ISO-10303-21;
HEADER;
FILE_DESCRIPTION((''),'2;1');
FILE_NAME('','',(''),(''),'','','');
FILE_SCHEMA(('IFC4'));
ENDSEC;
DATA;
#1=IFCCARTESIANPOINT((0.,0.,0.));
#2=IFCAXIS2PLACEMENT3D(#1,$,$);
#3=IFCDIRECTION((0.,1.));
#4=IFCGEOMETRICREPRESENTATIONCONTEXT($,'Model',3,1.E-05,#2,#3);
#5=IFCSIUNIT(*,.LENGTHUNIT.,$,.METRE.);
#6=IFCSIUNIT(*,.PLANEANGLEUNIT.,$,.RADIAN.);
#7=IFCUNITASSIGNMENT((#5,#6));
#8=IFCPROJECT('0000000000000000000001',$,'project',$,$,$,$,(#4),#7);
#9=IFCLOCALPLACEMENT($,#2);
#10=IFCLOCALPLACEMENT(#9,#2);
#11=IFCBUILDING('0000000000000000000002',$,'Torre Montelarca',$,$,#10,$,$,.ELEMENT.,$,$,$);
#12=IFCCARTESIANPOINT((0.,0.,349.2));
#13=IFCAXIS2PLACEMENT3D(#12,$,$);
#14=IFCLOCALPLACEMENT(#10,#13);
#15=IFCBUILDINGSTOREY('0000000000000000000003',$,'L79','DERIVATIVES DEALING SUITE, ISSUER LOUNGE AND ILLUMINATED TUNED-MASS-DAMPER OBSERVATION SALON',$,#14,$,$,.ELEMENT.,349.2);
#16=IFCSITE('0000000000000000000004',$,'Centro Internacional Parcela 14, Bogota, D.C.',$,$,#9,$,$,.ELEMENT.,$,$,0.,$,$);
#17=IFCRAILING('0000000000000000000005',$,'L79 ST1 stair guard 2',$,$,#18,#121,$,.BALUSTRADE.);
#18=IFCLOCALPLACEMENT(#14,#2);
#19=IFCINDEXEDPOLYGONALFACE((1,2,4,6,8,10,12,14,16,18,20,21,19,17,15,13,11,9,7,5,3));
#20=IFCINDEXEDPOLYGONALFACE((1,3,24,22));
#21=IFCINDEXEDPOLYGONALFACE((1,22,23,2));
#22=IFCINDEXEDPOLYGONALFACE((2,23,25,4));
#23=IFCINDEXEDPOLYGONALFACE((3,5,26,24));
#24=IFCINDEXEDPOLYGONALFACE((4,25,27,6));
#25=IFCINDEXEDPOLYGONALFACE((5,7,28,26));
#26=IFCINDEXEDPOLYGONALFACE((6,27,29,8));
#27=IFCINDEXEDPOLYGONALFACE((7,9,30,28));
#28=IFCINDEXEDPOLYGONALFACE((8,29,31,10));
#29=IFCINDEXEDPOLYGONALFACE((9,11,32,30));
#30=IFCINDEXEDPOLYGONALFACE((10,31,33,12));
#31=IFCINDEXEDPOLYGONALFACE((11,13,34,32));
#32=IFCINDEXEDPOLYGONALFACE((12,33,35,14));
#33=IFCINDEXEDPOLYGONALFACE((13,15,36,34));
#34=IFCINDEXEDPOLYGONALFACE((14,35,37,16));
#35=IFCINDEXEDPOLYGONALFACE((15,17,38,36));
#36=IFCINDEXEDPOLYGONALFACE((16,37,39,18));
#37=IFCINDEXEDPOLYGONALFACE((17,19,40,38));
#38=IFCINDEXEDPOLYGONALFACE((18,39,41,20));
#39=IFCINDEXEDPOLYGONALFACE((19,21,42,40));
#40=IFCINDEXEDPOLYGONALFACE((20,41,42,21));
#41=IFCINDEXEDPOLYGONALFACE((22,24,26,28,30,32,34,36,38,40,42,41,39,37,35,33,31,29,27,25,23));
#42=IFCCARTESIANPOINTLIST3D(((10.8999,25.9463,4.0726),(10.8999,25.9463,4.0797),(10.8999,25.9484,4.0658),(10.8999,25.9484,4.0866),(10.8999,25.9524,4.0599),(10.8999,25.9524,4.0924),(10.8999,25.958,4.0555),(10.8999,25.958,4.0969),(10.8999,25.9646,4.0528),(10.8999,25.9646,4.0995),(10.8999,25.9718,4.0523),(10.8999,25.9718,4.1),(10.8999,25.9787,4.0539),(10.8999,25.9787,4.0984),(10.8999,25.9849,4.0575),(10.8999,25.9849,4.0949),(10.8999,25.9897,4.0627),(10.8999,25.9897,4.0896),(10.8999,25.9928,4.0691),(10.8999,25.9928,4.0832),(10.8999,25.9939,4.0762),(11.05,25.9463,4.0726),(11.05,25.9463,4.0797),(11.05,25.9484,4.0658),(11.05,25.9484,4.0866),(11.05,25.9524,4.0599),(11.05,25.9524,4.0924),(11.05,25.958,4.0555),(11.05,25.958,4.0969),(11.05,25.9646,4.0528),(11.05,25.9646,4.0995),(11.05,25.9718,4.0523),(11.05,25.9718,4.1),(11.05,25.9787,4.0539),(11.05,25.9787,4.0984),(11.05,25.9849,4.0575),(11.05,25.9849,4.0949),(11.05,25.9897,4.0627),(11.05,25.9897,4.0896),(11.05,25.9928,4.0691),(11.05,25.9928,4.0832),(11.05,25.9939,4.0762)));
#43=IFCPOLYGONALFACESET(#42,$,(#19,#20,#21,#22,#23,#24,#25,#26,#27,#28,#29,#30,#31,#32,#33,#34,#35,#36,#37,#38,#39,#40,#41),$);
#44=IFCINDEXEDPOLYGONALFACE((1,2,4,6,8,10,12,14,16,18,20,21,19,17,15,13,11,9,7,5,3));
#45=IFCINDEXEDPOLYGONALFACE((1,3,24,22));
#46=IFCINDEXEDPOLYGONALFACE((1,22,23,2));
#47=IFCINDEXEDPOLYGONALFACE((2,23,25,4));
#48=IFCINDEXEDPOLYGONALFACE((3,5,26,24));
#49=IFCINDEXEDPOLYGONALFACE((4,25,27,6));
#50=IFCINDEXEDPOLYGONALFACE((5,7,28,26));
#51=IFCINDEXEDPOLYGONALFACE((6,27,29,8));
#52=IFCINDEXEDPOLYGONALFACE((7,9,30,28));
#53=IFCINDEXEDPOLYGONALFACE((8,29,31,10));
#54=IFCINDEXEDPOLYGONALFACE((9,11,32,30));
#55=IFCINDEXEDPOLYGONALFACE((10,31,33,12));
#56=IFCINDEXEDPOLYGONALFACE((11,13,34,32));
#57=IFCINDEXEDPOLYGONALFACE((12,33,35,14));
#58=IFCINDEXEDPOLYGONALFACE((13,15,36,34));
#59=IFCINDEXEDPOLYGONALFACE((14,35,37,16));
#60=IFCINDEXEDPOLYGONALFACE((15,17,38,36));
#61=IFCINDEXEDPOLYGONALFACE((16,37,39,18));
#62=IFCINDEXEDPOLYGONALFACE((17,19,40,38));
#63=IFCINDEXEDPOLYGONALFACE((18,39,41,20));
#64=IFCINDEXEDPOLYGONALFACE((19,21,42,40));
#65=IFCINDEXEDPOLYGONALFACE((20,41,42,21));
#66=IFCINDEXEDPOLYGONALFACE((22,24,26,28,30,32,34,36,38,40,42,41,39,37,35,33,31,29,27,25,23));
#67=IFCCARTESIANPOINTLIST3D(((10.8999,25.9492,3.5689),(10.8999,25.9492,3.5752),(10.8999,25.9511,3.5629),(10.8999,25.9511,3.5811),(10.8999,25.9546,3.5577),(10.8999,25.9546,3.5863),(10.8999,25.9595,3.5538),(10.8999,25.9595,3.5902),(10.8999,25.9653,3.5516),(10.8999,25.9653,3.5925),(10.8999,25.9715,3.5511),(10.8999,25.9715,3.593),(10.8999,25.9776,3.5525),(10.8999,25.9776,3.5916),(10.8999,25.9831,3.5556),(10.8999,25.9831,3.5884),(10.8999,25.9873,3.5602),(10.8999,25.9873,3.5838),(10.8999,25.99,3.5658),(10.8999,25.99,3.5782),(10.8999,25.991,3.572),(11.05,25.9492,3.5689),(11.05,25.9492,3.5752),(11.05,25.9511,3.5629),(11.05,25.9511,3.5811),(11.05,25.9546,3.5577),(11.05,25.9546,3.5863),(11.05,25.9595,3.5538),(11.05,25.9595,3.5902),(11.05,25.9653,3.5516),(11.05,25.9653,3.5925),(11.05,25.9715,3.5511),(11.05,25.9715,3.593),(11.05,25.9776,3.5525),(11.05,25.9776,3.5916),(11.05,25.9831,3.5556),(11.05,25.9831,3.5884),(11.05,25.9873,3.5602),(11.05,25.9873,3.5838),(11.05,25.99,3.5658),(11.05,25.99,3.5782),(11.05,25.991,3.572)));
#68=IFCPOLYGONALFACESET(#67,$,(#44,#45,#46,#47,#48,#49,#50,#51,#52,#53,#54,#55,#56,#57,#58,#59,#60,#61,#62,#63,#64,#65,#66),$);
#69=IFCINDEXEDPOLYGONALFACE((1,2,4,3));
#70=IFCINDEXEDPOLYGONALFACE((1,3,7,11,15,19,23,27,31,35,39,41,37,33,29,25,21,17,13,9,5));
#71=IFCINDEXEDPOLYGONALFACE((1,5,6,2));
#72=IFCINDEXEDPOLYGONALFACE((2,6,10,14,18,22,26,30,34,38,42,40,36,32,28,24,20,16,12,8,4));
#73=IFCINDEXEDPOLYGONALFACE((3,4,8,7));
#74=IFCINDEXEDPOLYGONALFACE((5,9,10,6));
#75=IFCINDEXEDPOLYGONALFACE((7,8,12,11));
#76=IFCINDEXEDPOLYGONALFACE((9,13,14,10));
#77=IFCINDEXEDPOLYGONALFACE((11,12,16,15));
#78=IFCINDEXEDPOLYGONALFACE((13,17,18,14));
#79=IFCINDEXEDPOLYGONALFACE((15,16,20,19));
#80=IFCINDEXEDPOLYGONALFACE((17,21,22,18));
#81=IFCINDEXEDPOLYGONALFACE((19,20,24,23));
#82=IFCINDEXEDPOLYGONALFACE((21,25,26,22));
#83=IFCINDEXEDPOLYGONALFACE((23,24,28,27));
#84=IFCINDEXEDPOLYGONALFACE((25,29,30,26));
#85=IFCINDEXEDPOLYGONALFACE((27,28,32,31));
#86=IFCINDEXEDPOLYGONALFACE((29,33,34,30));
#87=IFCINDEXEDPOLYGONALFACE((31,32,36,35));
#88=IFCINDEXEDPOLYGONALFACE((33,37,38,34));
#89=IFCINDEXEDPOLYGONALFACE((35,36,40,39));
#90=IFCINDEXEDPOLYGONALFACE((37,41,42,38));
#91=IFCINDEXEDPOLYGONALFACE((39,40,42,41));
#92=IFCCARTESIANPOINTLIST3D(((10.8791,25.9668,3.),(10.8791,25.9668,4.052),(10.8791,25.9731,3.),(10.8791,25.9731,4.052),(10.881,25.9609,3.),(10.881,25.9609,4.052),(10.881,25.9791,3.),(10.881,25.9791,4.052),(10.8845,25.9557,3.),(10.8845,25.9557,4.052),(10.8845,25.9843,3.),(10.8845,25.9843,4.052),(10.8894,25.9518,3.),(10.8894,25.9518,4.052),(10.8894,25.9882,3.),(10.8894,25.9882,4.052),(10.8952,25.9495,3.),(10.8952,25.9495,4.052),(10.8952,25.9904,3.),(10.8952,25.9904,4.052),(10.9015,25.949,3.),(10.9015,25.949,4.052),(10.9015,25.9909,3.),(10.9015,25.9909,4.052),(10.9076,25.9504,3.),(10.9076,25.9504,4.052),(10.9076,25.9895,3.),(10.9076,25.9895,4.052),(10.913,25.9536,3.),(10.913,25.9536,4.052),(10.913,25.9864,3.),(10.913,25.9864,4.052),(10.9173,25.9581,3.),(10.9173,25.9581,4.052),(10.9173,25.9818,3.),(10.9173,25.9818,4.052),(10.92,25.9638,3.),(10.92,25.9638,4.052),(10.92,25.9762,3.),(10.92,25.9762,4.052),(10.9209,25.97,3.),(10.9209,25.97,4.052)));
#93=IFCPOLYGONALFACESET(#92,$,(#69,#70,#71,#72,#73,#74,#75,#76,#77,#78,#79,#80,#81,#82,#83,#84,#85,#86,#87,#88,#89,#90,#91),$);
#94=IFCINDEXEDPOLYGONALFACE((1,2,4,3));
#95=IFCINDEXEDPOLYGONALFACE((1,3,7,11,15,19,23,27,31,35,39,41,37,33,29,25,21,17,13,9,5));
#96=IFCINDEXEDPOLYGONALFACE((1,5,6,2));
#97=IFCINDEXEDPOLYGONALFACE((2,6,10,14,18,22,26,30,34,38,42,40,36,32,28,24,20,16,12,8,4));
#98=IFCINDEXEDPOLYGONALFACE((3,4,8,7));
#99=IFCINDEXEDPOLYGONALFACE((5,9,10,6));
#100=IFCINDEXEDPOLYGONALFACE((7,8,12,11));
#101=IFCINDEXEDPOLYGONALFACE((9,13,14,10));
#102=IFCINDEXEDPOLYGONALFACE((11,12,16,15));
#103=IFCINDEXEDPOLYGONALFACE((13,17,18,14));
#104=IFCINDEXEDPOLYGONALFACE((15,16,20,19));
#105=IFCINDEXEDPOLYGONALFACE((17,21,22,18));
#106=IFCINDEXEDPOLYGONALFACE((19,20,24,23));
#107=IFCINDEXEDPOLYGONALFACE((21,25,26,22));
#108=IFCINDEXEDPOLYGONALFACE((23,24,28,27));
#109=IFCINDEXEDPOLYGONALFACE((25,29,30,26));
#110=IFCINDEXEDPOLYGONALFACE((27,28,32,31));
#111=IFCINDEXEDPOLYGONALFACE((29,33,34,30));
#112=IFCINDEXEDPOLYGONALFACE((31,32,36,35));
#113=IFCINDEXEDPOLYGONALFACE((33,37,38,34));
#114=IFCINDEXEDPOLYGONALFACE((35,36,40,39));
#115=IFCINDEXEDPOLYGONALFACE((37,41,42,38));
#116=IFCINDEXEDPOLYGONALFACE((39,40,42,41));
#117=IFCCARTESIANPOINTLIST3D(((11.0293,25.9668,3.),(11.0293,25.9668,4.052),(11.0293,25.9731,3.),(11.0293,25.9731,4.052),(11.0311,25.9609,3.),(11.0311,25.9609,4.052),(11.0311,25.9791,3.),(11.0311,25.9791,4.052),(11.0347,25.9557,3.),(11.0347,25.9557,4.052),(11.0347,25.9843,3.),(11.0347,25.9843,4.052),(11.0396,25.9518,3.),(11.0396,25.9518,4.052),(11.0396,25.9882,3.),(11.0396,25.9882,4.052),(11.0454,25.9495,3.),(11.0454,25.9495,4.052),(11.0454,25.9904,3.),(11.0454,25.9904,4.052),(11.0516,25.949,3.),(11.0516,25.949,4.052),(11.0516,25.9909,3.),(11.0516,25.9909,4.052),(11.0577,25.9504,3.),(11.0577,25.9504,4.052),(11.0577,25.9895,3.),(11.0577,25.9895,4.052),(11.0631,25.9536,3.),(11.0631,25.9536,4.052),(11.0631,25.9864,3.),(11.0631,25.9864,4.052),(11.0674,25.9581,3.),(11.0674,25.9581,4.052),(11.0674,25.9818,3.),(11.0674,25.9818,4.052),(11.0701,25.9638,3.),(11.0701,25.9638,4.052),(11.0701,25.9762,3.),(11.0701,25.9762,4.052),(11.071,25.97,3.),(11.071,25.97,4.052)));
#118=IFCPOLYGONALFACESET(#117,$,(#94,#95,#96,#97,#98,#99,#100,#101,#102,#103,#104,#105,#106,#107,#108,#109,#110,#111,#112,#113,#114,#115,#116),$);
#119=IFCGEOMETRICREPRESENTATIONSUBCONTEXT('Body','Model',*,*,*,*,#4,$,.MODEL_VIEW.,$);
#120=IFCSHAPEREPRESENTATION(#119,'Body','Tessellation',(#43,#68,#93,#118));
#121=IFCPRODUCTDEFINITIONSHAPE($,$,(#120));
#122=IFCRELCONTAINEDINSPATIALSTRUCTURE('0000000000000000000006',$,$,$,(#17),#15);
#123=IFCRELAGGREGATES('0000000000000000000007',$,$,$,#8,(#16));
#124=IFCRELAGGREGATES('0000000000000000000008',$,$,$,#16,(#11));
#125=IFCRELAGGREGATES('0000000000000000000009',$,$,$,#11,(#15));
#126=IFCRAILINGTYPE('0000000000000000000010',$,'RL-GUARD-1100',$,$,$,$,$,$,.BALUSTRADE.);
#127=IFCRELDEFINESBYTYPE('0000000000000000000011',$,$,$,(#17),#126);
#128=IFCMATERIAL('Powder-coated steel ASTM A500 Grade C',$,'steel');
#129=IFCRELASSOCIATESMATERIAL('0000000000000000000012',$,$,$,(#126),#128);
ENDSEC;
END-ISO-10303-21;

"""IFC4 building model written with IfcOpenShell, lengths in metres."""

from ifc_helpers import new_model, si_unit, direction, frame, origin, origin_2d, place, context, subcontext, project, spatial, circle, extrude, material, type_object, element, save


model = new_model("IFC4")

# Units and contexts
model_context = context("Model", 3, precision=1e-05, world=origin(), true_north=direction((0.0, 1.0)))
body_context = subcontext(model_context, "Body", "Model", "MODEL_VIEW")
ifc_project = project(units=[si_unit("LENGTHUNIT", "METRE"), si_unit("PLANEANGLEUNIT", "RADIAN")], contexts=[model_context])

# Site, building, storey
site_placement = place(None, origin())
site = spatial("IfcSite", under=ifc_project, at=site_placement, Name="Centro Internacional Parcela 14, Bogota, D.C.", CompositionType="ELEMENT", RefElevation=0.0)
building_placement = place(site_placement, origin())
building = spatial("IfcBuilding", under=site, at=building_placement, Name="Torre Montelarca", CompositionType="ELEMENT")
storey_placement = place(building_placement, frame((0.0, 0.0, 349.2)))
storey = spatial("IfcBuildingStorey", under=building, at=storey_placement, Name="L79", Description="DERIVATIVES DEALING SUITE, ISSUER LOUNGE AND ILLUMINATED TUNED-MASS-DAMPER OBSERVATION SALON", CompositionType="ELEMENT", Elevation=349.2)

# Railing
ifc_material_1 = material(Name="Powder-coated steel ASTM A500 Grade C", Category="steel")
railing_type_1 = type_object("IfcRailingType", Name="RL-GUARD-1100", PredefinedType="BALUSTRADE", material=ifc_material_1)
railing_1_placement = place(storey_placement, frame((10.8999, 25.97, 3.0)))
element("IfcRailing", 1, at=railing_1_placement, inside=storey, type_object=railing_type_1, Name="L79 ST1 stair guard 2", PredefinedType="BALUSTRADE", context=body_context, shape_type="SweptSolid", body=[
    extrude(circle(Radius=0.0239, at=origin_2d()), frame((0.0, 0.0, 1.0762), z_axis=(1.0, 0.0, 0.0), x_axis=(0.0, 1.0, 0.0)), (0.0, 0.0, 1.0), 0.1501),
    extrude(circle(Radius=0.021, at=origin_2d()), frame((0.0, 0.0, 0.572), z_axis=(1.0, 0.0, 0.0), x_axis=(0.0, 1.0, 0.0)), (0.0, 0.0, 1.0), 0.1501),
    extrude(circle(Radius=0.021, at=origin_2d()), origin(), (0.0, 0.0, 1.0), 1.052),
    extrude(circle(Radius=0.021, at=origin_2d()), frame((0.1501, 0.0, 0.0)), (0.0, 0.0, 1.0), 1.052),
])

save(model, "model.ifc")
